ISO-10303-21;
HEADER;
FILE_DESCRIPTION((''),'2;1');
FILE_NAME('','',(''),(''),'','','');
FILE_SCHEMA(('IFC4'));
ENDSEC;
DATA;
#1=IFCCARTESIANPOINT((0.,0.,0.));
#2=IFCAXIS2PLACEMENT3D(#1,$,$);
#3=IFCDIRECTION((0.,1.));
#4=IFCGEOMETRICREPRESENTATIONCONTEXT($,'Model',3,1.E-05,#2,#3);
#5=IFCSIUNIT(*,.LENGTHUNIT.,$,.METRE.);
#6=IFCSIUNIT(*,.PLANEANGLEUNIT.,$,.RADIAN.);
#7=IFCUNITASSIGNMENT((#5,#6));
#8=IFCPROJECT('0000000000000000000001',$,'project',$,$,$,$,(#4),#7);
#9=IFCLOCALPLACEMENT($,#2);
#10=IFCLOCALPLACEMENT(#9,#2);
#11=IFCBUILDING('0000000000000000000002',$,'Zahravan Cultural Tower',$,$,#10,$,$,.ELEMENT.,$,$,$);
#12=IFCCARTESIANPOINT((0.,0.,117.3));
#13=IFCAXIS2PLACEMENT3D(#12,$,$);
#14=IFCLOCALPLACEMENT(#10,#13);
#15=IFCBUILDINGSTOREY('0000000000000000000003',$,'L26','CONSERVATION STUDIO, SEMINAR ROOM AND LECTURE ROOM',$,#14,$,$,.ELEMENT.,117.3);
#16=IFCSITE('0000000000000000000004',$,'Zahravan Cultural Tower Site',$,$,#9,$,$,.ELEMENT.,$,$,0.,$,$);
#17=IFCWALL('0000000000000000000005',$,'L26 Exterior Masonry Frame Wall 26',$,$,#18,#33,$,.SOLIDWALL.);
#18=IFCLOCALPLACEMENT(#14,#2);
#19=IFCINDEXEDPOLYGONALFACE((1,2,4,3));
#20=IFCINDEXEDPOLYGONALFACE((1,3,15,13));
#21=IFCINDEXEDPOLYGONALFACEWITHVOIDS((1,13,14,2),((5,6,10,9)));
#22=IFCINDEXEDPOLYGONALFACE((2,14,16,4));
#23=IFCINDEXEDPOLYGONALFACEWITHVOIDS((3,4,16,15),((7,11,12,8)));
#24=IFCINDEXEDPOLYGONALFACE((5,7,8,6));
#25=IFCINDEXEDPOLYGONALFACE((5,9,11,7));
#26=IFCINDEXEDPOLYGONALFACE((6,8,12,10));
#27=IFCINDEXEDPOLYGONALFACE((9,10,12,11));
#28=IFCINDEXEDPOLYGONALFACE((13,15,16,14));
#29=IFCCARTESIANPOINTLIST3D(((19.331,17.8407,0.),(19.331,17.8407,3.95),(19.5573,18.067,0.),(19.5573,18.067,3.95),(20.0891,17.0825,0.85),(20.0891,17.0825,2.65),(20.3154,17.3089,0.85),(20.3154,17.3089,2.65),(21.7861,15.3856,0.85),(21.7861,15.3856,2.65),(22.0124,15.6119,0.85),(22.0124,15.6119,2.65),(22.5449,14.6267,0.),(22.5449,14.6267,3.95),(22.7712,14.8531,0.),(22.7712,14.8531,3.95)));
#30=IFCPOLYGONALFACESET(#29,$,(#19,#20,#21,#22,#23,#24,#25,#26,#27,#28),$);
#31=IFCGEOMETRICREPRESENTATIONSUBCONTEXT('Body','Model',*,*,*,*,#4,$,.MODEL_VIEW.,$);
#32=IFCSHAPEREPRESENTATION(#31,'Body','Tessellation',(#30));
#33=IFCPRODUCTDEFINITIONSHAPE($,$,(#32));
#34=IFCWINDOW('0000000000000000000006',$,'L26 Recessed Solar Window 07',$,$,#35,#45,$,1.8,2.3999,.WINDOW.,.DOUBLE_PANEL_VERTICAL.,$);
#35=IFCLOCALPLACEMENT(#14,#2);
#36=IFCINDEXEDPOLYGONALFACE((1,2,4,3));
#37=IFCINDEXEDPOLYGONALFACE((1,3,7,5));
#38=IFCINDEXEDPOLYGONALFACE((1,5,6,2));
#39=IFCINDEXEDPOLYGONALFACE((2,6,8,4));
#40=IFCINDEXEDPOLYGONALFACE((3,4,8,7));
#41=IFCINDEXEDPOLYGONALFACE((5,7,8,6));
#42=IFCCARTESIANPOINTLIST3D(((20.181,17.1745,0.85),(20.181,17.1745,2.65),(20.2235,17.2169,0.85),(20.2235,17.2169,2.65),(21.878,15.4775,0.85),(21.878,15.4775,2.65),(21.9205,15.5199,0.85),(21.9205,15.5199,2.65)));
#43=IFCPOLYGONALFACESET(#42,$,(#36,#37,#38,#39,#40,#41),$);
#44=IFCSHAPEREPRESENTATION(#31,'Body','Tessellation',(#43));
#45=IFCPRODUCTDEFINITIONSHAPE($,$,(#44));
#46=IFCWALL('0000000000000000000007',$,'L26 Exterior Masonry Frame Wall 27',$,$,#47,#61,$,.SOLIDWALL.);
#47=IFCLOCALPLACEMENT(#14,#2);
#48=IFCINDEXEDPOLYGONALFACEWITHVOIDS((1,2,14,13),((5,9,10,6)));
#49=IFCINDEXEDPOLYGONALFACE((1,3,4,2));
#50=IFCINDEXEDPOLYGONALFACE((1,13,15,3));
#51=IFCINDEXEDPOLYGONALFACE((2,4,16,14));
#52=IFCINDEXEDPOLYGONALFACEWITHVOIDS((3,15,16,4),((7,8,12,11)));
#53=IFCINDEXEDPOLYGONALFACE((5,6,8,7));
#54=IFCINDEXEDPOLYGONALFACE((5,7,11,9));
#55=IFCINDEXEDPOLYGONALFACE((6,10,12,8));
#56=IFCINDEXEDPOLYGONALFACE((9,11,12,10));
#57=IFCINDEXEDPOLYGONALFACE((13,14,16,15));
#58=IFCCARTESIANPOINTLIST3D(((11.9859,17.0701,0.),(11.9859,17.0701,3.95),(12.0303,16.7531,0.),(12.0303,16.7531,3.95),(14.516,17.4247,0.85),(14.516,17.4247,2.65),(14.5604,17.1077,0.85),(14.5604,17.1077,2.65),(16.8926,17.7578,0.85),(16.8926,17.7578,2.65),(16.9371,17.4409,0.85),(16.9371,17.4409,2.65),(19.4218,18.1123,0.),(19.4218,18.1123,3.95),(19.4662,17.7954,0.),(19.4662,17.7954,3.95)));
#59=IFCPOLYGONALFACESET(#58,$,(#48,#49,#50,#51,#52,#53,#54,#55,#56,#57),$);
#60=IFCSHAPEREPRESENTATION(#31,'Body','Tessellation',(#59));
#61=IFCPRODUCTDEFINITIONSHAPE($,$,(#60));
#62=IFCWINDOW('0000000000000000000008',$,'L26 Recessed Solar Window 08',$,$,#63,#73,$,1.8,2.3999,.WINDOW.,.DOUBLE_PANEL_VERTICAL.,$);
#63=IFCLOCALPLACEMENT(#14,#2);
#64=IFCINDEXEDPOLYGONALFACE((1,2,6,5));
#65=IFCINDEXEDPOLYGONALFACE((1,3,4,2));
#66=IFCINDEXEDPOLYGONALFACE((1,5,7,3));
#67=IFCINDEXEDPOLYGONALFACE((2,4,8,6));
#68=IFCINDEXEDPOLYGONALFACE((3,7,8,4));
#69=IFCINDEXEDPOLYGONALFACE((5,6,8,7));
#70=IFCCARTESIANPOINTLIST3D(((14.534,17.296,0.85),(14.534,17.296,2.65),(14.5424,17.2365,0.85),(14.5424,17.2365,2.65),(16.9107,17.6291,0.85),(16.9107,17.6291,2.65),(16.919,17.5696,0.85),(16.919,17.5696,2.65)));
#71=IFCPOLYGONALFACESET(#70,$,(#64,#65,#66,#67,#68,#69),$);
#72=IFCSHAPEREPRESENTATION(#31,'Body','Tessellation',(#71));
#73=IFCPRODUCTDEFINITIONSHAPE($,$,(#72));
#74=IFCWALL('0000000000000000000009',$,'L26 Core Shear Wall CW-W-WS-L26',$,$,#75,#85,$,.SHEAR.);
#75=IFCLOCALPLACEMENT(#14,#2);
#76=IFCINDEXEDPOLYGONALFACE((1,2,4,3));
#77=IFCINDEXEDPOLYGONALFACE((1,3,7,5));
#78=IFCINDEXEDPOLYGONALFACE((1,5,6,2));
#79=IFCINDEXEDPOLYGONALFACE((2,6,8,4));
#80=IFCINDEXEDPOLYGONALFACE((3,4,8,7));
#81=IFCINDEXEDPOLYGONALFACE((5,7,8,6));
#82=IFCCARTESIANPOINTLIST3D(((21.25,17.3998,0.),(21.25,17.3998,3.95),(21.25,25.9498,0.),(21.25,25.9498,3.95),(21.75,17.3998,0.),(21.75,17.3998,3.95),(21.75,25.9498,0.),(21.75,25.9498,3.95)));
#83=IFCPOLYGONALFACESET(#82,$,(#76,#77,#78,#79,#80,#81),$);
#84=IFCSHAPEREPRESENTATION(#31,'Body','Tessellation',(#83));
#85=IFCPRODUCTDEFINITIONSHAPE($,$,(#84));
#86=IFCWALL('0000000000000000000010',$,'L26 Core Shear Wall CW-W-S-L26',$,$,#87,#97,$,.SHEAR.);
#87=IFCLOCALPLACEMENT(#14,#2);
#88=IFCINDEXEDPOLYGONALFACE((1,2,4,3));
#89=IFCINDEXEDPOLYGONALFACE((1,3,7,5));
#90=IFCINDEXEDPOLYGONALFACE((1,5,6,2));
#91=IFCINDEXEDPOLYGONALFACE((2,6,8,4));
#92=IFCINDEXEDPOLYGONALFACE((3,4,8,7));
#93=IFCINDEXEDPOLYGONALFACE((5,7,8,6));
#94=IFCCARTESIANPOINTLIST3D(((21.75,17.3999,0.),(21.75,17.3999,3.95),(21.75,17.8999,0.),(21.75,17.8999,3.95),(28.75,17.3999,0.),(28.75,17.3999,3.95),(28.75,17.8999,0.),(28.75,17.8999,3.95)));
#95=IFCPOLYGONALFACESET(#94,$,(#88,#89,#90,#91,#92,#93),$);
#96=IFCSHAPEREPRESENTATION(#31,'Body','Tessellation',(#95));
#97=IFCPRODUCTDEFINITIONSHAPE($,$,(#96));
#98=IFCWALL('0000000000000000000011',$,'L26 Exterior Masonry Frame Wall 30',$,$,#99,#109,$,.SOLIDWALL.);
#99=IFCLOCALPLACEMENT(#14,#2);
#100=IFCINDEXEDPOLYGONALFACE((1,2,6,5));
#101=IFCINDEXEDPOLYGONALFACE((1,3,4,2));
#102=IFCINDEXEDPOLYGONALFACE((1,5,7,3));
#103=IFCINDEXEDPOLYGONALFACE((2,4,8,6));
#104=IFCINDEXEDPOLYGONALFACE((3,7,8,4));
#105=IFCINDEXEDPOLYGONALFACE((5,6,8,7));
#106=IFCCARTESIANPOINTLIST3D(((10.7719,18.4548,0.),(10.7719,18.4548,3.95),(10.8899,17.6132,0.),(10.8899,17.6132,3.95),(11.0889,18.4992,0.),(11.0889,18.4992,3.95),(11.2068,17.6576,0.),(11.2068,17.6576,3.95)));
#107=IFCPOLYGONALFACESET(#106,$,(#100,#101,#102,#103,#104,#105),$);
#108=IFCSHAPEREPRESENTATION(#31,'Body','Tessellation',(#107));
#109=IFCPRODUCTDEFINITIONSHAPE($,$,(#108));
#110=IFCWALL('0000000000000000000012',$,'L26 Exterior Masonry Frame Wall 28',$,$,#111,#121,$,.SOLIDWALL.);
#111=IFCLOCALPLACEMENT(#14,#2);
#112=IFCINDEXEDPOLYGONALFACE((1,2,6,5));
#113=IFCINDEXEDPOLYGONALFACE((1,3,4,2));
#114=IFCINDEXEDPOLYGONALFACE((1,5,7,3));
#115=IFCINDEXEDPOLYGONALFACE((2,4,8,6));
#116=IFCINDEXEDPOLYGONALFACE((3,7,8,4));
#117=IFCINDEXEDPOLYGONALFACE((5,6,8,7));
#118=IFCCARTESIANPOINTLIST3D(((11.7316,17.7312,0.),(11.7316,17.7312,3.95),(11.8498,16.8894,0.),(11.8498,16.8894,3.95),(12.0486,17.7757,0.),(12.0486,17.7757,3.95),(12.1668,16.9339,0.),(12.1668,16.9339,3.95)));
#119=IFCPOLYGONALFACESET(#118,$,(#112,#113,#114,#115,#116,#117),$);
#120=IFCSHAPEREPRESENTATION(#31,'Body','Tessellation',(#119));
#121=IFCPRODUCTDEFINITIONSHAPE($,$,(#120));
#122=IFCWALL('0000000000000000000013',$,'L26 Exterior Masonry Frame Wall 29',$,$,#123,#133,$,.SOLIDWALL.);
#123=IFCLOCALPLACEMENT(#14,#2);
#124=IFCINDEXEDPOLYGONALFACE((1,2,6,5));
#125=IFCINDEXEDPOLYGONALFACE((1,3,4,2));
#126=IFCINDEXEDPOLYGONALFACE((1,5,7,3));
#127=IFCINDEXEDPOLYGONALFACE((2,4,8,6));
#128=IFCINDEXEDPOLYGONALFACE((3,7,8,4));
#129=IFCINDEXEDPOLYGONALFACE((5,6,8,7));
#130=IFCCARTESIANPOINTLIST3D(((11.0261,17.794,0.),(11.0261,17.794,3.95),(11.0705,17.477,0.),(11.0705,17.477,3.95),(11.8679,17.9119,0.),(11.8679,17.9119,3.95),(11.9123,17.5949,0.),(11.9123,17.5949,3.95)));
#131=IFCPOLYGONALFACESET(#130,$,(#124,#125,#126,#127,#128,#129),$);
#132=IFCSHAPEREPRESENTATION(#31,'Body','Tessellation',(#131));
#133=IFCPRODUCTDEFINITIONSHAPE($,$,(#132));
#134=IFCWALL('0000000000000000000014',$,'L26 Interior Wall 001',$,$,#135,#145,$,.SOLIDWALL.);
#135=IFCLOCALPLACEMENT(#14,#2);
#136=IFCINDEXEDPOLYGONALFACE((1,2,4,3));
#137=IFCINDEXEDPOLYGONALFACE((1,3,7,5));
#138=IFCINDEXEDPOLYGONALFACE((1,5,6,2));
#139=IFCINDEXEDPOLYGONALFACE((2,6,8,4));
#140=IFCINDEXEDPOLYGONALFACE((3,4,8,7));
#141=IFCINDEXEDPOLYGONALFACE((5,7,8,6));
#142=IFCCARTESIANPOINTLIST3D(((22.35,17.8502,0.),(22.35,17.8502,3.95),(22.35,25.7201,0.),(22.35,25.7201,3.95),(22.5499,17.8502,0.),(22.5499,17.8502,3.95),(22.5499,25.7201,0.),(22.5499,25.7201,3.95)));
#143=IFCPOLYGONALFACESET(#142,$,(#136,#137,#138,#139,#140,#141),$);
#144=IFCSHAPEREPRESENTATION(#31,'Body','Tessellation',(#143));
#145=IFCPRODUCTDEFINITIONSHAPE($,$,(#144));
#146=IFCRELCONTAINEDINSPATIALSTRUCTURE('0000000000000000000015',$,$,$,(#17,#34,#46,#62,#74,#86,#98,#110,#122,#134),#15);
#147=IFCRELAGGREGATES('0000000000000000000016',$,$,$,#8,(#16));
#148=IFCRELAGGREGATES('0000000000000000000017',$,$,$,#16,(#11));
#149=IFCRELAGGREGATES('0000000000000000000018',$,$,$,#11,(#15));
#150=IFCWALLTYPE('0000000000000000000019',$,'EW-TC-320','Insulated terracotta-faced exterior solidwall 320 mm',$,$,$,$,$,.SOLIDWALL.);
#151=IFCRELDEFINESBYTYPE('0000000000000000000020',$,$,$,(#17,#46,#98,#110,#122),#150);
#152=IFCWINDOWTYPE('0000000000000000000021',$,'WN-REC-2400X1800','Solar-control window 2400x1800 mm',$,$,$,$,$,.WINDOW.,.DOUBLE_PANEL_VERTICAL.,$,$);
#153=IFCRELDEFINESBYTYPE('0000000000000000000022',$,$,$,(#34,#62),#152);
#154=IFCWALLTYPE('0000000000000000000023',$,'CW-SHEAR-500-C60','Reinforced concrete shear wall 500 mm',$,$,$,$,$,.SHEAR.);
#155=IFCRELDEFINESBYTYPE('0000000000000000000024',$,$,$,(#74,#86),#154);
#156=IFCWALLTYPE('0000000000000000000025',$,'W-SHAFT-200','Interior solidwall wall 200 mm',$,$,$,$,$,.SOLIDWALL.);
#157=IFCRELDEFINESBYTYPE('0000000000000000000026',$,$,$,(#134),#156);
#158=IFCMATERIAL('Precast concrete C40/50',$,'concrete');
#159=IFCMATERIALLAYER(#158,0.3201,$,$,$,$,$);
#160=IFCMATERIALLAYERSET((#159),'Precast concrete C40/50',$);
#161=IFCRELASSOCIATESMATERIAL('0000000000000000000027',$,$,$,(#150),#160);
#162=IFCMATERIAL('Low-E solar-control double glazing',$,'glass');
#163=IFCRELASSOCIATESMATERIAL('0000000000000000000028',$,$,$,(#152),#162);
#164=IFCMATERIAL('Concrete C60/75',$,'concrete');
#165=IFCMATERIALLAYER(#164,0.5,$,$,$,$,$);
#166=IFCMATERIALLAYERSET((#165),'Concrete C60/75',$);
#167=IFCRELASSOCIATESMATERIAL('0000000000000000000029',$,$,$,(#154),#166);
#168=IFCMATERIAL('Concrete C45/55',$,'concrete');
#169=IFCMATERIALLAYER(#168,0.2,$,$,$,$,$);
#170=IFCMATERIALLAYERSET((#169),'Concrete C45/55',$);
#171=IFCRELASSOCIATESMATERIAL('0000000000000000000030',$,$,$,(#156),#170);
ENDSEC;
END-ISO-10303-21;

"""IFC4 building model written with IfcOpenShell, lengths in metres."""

from ifc_helpers import new_model, si_unit, direction, frame, frame_2d, origin, place, context, subcontext, project, spatial, rectangle, extrude, source, transform, mapped, material, layer, layer_set, type_object, element, fill, save


model = new_model("IFC4")

# Units and contexts
model_context = context("Model", 3, precision=1e-05, world=origin(), true_north=direction((0.0, 1.0)))
body_context = subcontext(model_context, "Body", "Model", "MODEL_VIEW")
ifc_project = project(units=[si_unit("LENGTHUNIT", "METRE"), si_unit("PLANEANGLEUNIT", "RADIAN")], contexts=[model_context])

# Site, building, storey
site_placement = place(None, origin())
site = spatial("IfcSite", under=ifc_project, at=site_placement, Name="Zahravan Cultural Tower Site", CompositionType="ELEMENT", RefElevation=0.0)
building_placement = place(site_placement, origin())
building = spatial("IfcBuilding", under=site, at=building_placement, Name="Zahravan Cultural Tower", CompositionType="ELEMENT")
storey_placement = place(building_placement, frame((0.0, 0.0, 117.3)))
storey = spatial("IfcBuildingStorey", under=building, at=storey_placement, Name="L26", Description="CONSERVATION STUDIO, SEMINAR ROOM AND LECTURE ROOM", CompositionType="ELEMENT", Elevation=117.3)

# Shared definitions
ifc_material_1 = material(Name="Concrete C60/75", Category="concrete")

# Shared definitions
ifc_material_2 = material(Name="Precast concrete C40/50", Category="concrete")

# Shared definitions
ifc_material_3 = material(Name="Concrete C45/55", Category="concrete")

# Walls, openings, windows
ifc_layer_1 = layer(ifc_material_2, 0.3201)
ifc_layer_set_1 = layer_set([ifc_layer_1], Name="Precast concrete C40/50")
wall_type_1 = type_object("IfcWallType", Name="EW-TC-320", Description="Insulated terracotta-faced exterior solidwall 320 mm", PredefinedType="SOLIDWALL", material=ifc_layer_set_1)
wall_1_placement = place(storey_placement, frame((22.658, 14.74, 0.0), z_axis=(0.0, 0.0, 1.0), x_axis=(-0.707107, 0.707107, 0.0)))
wall_1 = element("IfcWall", 1, at=wall_1_placement, inside=storey, type_object=wall_type_1, Name="L26 Exterior Masonry Frame Wall 26", PredefinedType="SOLIDWALL", context=body_context, shape_type="SweptSolid", body=[
    extrude(rectangle(XDim=4.5452, YDim=0.3201, at=frame_2d((2.2725, 0.0))), origin(), (0.0, 0.0, 1.0), 3.95),
])
opening_1_placement = place(wall_1_placement, frame((1.073, 0.0, 0.8501)))
opening_1 = element("IfcOpeningElement", 2, at=opening_1_placement, cuts=wall_1, PredefinedType="OPENING", context=body_context, shape_type="SweptSolid", body=[
    extrude(rectangle(XDim=2.3999, YDim=1.8, at=frame_2d((1.2, 0.8999))), frame((0.0, 0.1699, 0.0), z_axis=(0.0, -1.0, 0.0), x_axis=(1.0, 0.0, 0.0)), (0.0, 0.0, 1.0), 0.3401),
])
ifc_material_4 = material(Name="Low-E solar-control double glazing", Category="glass")
window_type = type_object("IfcWindowType", Name="WN-REC-2400X1800", Description="Solar-control window 2400x1800 mm", PartitioningType="DOUBLE_PANEL_VERTICAL", PredefinedType="WINDOW", material=ifc_material_4)
shared_shape_1 = source(origin(), body_context, "Body", "SweptSolid", [
    extrude(rectangle(XDim=2.3999, YDim=1.8, at=frame_2d((1.2, 0.8999))), frame((0.0, 0.03, 0.0), z_axis=(0.0, -1.0, 0.0), x_axis=(1.0, 0.0, 0.0)), (0.0, 0.0, 1.0), 0.0601),
])
window_1_placement = place(opening_1_placement, origin())
window_1 = element("IfcWindow", 3, at=window_1_placement, inside=storey, type_object=window_type, Name="L26 Recessed Solar Window 07", OverallHeight=1.8, OverallWidth=2.3999, PartitioningType="DOUBLE_PANEL_VERTICAL", PredefinedType="WINDOW", context=body_context, shape_type="MappedRepresentation", body=[
    mapped(shared_shape_1, transform((0.0, 0.0, 0.0), x_axis=(1.0, 0.0, 0.0), y_axis=(0.0, 1.0, 0.0), z_axis=(0.0, 0.0, 1.0), scale=1.0)),
])
fill(opening_1, window_1)
wall_2_placement = place(storey_placement, frame((19.4441, 17.9539, 0.0), z_axis=(0.0, 0.0, 1.0), x_axis=(-0.990319, -0.138808, 0.0)))
wall_2 = element("IfcWall", 4, at=wall_2_placement, inside=storey, type_object=wall_type_1, Name="L26 Exterior Masonry Frame Wall 27", PredefinedType="SOLIDWALL", context=body_context, shape_type="SweptSolid", body=[
    extrude(rectangle(XDim=7.5085, YDim=0.3201, at=frame_2d((3.7544, 0.0))), origin(), (0.0, 0.0, 1.0), 3.95),
])
opening_2_placement = place(wall_2_placement, frame((2.554, 0.0, 0.8501)))
opening_2 = element("IfcOpeningElement", 5, at=opening_2_placement, cuts=wall_2, PredefinedType="OPENING", context=body_context, shape_type="SweptSolid", body=[
    extrude(rectangle(XDim=2.3999, YDim=1.8, at=frame_2d((1.2, 0.8999))), frame((0.0, 0.1699, 0.0), z_axis=(0.0, -1.0, 0.0), x_axis=(1.0, 0.0, 0.0)), (0.0, 0.0, 1.0), 0.3401),
])
window_2_placement = place(opening_2_placement, origin())
window_2 = element("IfcWindow", 6, at=window_2_placement, inside=storey, type_object=window_type, Name="L26 Recessed Solar Window 08", OverallHeight=1.8, OverallWidth=2.3999, PartitioningType="DOUBLE_PANEL_VERTICAL", PredefinedType="WINDOW", context=body_context, shape_type="MappedRepresentation", body=[
    mapped(shared_shape_1, transform((0.0, 0.0, 0.0), x_axis=(1.0, 0.0, 0.0), y_axis=(0.0, 1.0, 0.0), z_axis=(0.0, 0.0, 1.0), scale=1.0)),
])
fill(opening_2, window_2)

# Walls
ifc_layer_2 = layer(ifc_material_1, 0.5)
ifc_layer_set_2 = layer_set([ifc_layer_2], Name="Concrete C60/75")
wall_type_2 = type_object("IfcWallType", Name="CW-SHEAR-500-C60", Description="Reinforced concrete shear wall 500 mm", PredefinedType="SHEAR", material=ifc_layer_set_2)
shared_shape_2 = source(origin(), body_context, "Body", "SweptSolid", [
    extrude(rectangle(XDim=8.55, YDim=0.5, at=frame_2d((4.2749, 0.0))), origin(), (0.0, 0.0, 1.0), 3.95),
])
wall_3_placement = place(storey_placement, frame((21.5, 17.3999, 0.0), z_axis=(0.0, 0.0, 1.0), x_axis=(0.0, 1.0, 0.0)))
element("IfcWall", 7, at=wall_3_placement, inside=storey, type_object=wall_type_2, Name="L26 Core Shear Wall CW-W-WS-L26", PredefinedType="SHEAR", context=body_context, shape_type="MappedRepresentation", body=[
    mapped(shared_shape_2, transform((0.0, 0.0, 0.0), x_axis=(1.0, 0.0, 0.0), y_axis=(0.0, 1.0, 0.0), z_axis=(0.0, 0.0, 1.0), scale=1.0)),
])
shared_shape_3 = source(origin(), body_context, "Body", "SweptSolid", [
    extrude(rectangle(XDim=7.0, YDim=0.5, at=frame_2d((3.5, 0.0))), origin(), (0.0, 0.0, 1.0), 3.95),
])
wall_4_placement = place(storey_placement, frame((21.75, 17.6499, 0.0), z_axis=(0.0, 0.0, 1.0), x_axis=(1.0, 0.0, 0.0)))
element("IfcWall", 8, at=wall_4_placement, inside=storey, type_object=wall_type_2, Name="L26 Core Shear Wall CW-W-S-L26", PredefinedType="SHEAR", context=body_context, shape_type="MappedRepresentation", body=[
    mapped(shared_shape_3, transform((0.0, 0.0, 0.0), x_axis=(1.0, 0.0, 0.0), y_axis=(0.0, 1.0, 0.0), z_axis=(0.0, 0.0, 1.0), scale=1.0)),
])
shared_shape_4 = source(origin(), body_context, "Body", "SweptSolid", [
    extrude(rectangle(XDim=0.8499, YDim=0.3201, at=frame_2d((0.4248, 0.0))), origin(), (0.0, 0.0, 1.0), 3.95),
])
wall_5_placement = place(storey_placement, frame((11.0483, 17.6355, 0.0), z_axis=(0.0, 0.0, 1.0), x_axis=(-0.138766, 0.990325, 0.0)))
element("IfcWall", 9, at=wall_5_placement, inside=storey, type_object=wall_type_1, Name="L26 Exterior Masonry Frame Wall 30", PredefinedType="SOLIDWALL", context=body_context, shape_type="MappedRepresentation", body=[
    mapped(shared_shape_4, transform((0.0, 0.0, 0.0), x_axis=(1.0, 0.0, 0.0), y_axis=(0.0, 1.0, 0.0), z_axis=(0.0, 0.0, 1.0), scale=1.0)),
])
shared_shape_5 = source(origin(), body_context, "Body", "SweptSolid", [
    extrude(rectangle(XDim=0.8501, YDim=0.3201, at=frame_2d((0.425, 0.0))), origin(), (0.0, 0.0, 1.0), 3.95),
])
for number, where, z_axis, x_axis, name in (
    (10, (12.0083, 16.9116, 0.0), (0.0, 0.0, 1.0), (-0.139008, 0.990291, 0.0), "L26 Exterior Masonry Frame Wall 28"),
    (11, (11.8901, 17.7534, 0.0), (0.0, 0.0, 1.0), (-0.990331, -0.138727, 0.0), "L26 Exterior Masonry Frame Wall 29"),
):
    element("IfcWall", number, at=place(storey_placement, frame(where, z_axis=z_axis, x_axis=x_axis)), inside=storey, type_object=wall_type_1, Name=name, PredefinedType="SOLIDWALL", context=body_context, shape_type="MappedRepresentation", body=[
        mapped(shared_shape_5, transform((0.0, 0.0, 0.0), x_axis=(1.0, 0.0, 0.0), y_axis=(0.0, 1.0, 0.0), z_axis=(0.0, 0.0, 1.0), scale=1.0)),
    ])
ifc_layer_3 = layer(ifc_material_3, 0.2)
ifc_layer_set_3 = layer_set([ifc_layer_3], Name="Concrete C45/55")
wall_type_3 = type_object("IfcWallType", Name="W-SHAFT-200", Description="Interior solidwall wall 200 mm", PredefinedType="SOLIDWALL", material=ifc_layer_set_3)
shared_shape_6 = source(origin(), body_context, "Body", "SweptSolid", [
    extrude(rectangle(XDim=7.8699, YDim=0.2, at=frame_2d((3.9351, 0.0))), origin(), (0.0, 0.0, 1.0), 3.95),
])
wall_6_placement = place(storey_placement, frame((22.45, 17.8501, 0.0), z_axis=(0.0, 0.0, 1.0), x_axis=(0.0, 1.0, 0.0)))
element("IfcWall", 12, at=wall_6_placement, inside=storey, type_object=wall_type_3, Name="L26 Interior Wall 001", PredefinedType="SOLIDWALL", context=body_context, shape_type="MappedRepresentation", body=[
    mapped(shared_shape_6, transform((0.0, 0.0, 0.0), x_axis=(1.0, 0.0, 0.0), y_axis=(0.0, 1.0, 0.0), z_axis=(0.0, 0.0, 1.0), scale=1.0)),
])

save(model, "model.ifc")
